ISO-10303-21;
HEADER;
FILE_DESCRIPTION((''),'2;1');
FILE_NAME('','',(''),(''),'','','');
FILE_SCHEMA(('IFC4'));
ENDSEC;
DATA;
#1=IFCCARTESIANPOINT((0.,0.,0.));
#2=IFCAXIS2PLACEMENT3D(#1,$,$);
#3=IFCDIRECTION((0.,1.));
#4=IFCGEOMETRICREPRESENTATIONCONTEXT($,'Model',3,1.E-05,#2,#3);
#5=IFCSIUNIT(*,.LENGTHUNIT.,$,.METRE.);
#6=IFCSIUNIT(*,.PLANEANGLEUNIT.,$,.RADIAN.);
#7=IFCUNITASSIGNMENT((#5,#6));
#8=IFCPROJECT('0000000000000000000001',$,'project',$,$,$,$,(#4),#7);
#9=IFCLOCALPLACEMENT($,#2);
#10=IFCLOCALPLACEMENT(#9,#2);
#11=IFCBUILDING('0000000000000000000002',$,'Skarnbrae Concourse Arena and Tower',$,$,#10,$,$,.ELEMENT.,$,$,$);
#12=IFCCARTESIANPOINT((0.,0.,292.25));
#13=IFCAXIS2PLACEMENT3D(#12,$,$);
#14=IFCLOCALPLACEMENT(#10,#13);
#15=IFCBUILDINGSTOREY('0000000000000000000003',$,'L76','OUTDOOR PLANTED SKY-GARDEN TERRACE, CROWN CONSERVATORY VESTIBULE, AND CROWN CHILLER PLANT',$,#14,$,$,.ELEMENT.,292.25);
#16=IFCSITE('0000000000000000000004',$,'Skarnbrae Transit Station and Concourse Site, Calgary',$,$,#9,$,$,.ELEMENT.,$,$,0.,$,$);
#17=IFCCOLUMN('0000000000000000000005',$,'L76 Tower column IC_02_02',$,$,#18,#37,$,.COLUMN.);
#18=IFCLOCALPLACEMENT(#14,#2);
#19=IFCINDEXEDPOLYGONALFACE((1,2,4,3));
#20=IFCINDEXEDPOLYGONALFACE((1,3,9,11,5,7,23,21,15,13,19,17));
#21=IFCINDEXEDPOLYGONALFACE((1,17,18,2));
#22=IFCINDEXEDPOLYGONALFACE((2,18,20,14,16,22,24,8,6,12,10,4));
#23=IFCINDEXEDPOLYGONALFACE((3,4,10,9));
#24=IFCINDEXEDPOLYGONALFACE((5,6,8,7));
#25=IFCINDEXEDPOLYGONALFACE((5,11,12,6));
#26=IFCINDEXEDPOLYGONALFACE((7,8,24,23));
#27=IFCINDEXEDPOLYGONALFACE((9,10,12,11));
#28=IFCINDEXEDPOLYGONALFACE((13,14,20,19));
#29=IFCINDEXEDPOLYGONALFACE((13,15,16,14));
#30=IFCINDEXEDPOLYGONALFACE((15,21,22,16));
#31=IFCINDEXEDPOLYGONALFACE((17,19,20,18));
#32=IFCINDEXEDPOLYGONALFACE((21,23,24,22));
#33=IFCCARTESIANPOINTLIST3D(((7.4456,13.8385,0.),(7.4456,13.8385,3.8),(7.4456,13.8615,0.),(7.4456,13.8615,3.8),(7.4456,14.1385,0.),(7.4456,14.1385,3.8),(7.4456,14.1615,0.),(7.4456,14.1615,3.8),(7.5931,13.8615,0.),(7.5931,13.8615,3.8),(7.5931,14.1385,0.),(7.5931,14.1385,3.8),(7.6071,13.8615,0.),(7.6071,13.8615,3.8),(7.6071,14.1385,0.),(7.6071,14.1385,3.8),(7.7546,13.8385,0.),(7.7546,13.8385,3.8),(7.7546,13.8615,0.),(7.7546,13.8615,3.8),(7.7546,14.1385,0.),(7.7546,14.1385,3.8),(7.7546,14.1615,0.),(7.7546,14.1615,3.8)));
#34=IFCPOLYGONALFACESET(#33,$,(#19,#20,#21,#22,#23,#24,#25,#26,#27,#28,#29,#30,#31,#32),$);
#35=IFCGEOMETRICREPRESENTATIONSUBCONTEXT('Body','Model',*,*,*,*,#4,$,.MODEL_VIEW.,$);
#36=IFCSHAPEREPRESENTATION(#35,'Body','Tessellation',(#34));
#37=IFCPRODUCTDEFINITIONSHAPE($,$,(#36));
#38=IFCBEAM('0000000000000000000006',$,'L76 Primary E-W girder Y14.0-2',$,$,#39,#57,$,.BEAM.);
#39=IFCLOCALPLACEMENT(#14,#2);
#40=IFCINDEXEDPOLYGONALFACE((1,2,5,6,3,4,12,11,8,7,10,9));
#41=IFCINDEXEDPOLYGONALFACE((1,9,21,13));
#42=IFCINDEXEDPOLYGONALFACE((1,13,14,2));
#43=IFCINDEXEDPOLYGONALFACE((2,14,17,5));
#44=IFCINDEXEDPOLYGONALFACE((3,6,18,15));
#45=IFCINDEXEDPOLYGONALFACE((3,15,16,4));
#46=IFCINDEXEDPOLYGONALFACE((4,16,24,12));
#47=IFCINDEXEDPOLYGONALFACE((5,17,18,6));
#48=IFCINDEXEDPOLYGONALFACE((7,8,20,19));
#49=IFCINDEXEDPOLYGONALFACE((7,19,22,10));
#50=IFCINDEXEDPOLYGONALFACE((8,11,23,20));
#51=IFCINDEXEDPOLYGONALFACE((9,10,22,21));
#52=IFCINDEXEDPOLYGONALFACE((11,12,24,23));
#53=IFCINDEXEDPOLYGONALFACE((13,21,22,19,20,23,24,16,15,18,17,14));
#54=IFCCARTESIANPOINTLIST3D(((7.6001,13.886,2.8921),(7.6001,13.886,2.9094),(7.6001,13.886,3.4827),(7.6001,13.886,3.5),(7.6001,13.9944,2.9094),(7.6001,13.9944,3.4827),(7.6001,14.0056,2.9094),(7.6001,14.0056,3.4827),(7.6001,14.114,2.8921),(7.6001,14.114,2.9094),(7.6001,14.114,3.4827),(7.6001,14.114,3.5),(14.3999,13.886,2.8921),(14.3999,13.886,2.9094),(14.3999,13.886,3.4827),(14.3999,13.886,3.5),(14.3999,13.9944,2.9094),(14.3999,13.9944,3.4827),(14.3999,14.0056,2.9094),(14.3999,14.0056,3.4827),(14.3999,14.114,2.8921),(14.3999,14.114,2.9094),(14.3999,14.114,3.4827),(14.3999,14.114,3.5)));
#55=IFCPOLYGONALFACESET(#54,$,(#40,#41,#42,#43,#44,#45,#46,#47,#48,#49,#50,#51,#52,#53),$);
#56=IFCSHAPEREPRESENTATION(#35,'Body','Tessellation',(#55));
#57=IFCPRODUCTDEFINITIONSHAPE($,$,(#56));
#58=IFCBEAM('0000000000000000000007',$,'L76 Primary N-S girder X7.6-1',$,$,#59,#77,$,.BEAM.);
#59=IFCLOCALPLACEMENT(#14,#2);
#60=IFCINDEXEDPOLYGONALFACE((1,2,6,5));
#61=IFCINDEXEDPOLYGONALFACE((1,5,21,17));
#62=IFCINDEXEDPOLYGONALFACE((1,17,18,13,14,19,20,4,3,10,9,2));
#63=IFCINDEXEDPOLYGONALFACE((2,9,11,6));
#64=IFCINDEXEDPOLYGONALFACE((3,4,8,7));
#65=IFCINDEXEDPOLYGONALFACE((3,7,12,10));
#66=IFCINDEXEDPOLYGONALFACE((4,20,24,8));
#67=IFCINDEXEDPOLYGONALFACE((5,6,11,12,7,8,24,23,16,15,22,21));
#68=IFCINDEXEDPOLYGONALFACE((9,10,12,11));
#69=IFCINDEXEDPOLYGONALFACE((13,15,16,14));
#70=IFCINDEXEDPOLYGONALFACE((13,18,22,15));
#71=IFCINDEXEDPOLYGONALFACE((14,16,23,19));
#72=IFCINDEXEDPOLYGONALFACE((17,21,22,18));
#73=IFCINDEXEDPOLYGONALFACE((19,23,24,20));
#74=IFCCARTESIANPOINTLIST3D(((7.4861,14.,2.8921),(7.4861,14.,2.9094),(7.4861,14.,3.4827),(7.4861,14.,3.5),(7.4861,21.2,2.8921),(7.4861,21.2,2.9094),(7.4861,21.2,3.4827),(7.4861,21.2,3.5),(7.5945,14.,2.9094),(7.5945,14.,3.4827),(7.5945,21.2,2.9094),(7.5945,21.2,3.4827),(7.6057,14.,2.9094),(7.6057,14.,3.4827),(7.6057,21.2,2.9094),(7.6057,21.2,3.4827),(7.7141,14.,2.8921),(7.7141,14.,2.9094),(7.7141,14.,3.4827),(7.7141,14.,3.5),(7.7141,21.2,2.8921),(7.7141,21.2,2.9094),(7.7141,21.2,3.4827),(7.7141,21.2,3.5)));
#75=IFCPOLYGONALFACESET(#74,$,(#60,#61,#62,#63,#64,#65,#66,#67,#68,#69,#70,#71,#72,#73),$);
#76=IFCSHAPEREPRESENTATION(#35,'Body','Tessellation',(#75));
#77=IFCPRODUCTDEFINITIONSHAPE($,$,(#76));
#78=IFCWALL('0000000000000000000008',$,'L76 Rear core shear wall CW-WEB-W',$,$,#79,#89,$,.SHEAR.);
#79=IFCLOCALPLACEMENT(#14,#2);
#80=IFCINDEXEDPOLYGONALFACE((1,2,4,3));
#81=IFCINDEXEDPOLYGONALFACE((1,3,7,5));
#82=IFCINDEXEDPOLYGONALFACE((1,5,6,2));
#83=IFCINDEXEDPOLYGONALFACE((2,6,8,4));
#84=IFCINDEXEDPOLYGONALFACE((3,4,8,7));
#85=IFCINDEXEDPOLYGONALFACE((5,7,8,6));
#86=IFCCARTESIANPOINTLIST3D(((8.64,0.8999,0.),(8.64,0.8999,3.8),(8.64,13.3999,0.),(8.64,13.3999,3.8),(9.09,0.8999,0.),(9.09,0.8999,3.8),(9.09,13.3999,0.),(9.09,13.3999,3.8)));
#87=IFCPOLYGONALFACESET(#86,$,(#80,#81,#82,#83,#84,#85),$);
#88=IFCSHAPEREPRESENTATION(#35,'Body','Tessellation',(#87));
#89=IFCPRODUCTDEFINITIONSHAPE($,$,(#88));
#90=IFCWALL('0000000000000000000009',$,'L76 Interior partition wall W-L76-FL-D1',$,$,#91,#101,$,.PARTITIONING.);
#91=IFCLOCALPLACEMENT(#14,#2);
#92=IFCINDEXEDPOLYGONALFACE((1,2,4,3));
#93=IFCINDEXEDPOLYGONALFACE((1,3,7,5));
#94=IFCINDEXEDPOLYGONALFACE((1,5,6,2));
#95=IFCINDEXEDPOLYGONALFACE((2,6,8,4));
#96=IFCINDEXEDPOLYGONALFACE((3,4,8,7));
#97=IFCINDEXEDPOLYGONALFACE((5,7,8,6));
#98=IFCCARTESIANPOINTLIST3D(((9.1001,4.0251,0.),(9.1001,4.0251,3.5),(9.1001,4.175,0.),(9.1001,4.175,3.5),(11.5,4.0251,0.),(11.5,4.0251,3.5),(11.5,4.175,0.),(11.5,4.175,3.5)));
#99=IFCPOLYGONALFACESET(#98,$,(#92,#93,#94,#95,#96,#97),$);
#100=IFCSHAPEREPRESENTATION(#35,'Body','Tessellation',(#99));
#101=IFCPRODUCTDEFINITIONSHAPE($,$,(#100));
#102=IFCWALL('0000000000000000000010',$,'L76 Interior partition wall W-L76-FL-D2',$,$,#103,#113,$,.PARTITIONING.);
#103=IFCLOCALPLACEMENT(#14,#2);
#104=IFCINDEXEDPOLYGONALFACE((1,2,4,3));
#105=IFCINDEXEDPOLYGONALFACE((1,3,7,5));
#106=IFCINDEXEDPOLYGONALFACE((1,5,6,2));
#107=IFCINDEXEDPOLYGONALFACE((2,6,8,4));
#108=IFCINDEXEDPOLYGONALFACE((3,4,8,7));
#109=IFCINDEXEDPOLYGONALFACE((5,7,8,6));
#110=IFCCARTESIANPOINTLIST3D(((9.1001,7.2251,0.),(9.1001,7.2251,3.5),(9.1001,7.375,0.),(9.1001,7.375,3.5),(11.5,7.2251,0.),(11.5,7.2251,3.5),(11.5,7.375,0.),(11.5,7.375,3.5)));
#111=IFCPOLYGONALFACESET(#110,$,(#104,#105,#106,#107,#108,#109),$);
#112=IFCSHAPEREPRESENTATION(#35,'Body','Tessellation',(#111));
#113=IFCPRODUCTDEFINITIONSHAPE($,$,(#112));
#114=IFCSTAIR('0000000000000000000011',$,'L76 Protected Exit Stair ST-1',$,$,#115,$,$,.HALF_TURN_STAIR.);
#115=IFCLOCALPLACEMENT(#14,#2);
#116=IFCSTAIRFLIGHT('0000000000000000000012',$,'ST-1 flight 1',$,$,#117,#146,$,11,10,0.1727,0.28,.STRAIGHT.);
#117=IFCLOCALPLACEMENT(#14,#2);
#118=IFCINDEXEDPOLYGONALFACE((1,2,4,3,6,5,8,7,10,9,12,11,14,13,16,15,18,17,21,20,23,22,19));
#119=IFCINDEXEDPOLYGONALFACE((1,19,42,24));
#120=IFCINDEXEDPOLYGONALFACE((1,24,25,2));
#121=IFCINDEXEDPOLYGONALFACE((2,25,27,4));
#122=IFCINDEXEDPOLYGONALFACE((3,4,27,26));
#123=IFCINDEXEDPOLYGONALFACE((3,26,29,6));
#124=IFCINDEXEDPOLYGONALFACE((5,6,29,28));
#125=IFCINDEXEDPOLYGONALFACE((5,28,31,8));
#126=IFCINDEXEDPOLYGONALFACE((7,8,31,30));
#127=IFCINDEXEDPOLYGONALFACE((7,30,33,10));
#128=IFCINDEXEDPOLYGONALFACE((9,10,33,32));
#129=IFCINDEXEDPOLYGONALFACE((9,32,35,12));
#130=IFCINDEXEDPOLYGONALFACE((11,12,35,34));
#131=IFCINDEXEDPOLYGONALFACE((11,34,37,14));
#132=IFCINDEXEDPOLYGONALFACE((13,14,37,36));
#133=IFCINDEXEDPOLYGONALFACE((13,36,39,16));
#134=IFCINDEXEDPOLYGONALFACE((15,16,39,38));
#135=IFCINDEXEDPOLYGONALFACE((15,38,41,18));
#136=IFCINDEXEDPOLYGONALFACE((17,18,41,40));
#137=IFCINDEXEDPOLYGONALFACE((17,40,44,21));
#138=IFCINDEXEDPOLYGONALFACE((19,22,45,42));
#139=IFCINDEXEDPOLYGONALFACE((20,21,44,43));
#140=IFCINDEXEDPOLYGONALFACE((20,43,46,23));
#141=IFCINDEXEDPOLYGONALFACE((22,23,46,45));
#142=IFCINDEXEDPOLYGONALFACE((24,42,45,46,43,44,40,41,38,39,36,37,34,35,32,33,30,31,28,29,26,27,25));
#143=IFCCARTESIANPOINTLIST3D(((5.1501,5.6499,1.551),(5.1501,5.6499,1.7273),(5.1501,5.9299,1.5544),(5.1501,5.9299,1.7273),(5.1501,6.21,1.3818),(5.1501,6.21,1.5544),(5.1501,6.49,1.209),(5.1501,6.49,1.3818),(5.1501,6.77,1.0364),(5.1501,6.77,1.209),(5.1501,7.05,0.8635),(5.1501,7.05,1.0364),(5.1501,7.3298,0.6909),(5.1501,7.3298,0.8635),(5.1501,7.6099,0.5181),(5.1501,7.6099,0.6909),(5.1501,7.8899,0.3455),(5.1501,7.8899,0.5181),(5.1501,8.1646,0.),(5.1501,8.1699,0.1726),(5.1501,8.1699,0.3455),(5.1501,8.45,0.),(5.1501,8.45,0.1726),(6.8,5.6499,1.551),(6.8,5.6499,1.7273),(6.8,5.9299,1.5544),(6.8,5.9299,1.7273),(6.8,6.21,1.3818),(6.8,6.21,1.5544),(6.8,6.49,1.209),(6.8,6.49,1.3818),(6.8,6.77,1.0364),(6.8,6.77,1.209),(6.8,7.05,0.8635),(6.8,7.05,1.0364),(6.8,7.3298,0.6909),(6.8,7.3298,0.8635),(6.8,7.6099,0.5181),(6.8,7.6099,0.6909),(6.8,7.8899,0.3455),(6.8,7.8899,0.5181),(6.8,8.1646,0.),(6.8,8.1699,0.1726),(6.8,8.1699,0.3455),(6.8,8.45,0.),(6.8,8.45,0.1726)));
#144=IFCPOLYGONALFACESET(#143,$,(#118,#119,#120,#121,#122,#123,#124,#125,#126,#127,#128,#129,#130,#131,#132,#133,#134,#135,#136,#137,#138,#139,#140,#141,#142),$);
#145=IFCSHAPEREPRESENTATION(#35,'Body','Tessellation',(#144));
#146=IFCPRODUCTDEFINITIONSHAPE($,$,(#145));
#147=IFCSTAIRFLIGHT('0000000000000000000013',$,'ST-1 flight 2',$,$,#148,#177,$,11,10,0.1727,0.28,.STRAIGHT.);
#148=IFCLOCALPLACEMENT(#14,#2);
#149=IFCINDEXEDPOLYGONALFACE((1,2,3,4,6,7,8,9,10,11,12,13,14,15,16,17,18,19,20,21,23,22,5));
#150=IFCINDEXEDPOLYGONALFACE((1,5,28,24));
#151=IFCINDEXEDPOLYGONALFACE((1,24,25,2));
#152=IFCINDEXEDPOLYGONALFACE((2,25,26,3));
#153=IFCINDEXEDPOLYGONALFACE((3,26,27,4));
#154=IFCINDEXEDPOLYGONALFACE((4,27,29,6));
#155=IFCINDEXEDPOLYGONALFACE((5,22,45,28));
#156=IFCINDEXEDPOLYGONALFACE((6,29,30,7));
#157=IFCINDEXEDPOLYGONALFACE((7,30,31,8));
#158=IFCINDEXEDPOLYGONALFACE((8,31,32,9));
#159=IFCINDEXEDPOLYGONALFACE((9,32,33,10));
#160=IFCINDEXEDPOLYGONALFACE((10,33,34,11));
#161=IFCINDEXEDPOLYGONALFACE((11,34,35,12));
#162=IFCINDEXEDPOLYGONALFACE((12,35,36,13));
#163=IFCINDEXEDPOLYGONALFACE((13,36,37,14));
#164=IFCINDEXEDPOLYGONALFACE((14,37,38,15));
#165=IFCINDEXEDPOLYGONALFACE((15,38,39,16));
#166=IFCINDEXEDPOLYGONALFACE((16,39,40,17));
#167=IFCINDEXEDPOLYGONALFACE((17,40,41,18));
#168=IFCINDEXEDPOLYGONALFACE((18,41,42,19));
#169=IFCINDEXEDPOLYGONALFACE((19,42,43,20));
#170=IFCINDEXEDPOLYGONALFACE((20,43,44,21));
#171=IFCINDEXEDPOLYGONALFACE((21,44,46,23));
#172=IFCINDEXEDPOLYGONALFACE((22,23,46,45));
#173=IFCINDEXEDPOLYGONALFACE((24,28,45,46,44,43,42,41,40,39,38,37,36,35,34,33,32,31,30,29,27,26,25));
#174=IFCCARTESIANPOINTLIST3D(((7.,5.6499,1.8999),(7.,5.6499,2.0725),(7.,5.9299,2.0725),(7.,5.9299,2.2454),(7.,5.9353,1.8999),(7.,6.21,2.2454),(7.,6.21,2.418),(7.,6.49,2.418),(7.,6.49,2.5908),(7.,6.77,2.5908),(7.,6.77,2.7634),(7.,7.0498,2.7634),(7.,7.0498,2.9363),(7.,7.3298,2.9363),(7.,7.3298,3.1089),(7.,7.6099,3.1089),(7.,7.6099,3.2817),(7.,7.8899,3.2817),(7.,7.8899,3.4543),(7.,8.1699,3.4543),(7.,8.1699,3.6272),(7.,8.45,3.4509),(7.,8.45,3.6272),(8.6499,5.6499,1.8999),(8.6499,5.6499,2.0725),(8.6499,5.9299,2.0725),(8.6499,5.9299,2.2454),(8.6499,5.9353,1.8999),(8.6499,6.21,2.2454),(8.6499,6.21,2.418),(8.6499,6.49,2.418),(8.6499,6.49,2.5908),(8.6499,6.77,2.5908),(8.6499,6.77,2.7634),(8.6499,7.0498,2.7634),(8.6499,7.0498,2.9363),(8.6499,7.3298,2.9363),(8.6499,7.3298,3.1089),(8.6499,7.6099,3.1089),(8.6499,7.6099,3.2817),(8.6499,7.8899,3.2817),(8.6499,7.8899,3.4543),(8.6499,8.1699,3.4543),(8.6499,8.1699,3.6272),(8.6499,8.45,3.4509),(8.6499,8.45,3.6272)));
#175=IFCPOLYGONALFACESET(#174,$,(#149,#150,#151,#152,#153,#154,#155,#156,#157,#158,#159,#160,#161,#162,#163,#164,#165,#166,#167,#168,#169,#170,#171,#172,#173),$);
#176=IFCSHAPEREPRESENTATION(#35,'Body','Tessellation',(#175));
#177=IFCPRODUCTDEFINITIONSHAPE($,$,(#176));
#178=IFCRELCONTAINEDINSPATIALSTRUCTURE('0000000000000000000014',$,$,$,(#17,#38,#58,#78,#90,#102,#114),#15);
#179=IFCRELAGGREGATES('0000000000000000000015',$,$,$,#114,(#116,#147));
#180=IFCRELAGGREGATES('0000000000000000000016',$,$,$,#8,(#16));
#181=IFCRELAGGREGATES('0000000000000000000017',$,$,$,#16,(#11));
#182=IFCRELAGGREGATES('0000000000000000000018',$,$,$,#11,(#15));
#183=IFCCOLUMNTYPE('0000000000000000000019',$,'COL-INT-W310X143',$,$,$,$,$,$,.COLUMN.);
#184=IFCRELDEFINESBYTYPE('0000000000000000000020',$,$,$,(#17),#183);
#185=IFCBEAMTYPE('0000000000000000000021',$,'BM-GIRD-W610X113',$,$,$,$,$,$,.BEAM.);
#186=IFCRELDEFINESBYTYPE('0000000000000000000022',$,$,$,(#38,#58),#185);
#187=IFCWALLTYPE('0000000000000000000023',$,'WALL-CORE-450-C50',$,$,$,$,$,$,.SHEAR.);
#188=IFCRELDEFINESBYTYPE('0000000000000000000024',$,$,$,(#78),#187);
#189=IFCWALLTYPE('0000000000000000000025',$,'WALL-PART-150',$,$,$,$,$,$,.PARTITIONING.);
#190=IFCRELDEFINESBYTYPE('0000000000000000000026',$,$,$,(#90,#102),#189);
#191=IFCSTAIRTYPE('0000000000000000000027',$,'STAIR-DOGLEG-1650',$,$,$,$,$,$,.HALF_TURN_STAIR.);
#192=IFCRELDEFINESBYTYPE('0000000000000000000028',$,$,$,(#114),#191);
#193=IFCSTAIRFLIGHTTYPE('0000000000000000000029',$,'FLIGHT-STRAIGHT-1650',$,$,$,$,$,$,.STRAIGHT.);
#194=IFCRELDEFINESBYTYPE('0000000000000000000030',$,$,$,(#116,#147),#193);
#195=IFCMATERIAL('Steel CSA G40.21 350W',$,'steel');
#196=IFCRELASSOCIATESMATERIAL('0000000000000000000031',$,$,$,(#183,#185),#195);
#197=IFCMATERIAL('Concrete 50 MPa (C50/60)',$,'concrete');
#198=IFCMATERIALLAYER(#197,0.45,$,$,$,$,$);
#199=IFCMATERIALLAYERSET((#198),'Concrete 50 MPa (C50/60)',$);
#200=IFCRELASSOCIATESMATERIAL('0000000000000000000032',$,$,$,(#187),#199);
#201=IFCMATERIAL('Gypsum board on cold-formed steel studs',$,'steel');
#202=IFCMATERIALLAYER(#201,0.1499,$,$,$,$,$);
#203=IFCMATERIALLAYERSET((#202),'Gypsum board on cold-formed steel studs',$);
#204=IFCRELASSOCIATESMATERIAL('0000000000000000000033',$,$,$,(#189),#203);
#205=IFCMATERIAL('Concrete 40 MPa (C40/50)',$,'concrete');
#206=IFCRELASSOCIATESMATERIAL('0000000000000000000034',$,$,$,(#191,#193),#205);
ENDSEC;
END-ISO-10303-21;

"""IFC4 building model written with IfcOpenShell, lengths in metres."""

from ifc_helpers import new_model, si_unit, direction, frame, frame_2d, origin, origin_2d, place, context, subcontext, project, spatial, polyline, rectangle, i_section, outline, extrude, source, transform, mapped, material, layer, layer_set, material_profile, profile_set, type_object, element, aggregate, save


model = new_model("IFC4")

# Units and contexts
model_context = context("Model", 3, precision=1e-05, world=origin(), true_north=direction((0.0, 1.0)))
body_context = subcontext(model_context, "Body", "Model", "MODEL_VIEW")
ifc_project = project(units=[si_unit("LENGTHUNIT", "METRE"), si_unit("PLANEANGLEUNIT", "RADIAN")], contexts=[model_context])

# Site, building, storey
site_placement = place(None, origin())
site = spatial("IfcSite", under=ifc_project, at=site_placement, Name="Skarnbrae Transit Station and Concourse Site, Calgary", CompositionType="ELEMENT", RefElevation=0.0)
building_placement = place(site_placement, origin())
building = spatial("IfcBuilding", under=site, at=building_placement, Name="Skarnbrae Concourse Arena and Tower", CompositionType="ELEMENT")
storey_placement = place(building_placement, frame((0.0, 0.0, 292.25)))
storey = spatial("IfcBuildingStorey", under=building, at=storey_placement, Name="L76", Description="OUTDOOR PLANTED SKY-GARDEN TERRACE, CROWN CONSERVATORY VESTIBULE, AND CROWN CHILLER PLANT", CompositionType="ELEMENT", Elevation=292.25)

# Column
ifc_material_1 = material(Name="Steel CSA G40.21 350W", Category="steel")
ifc_material_profile_1 = material_profile(ifc_material_1, i_section(OverallWidth=0.3091, OverallDepth=0.323, WebThickness=0.0139, FlangeThickness=0.0229, at=origin_2d()), Name="W310X143")
ifc_profile_set_1 = profile_set([ifc_material_profile_1], Name="Steel CSA G40.21 350W")
column_type = type_object("IfcColumnType", Name="COL-INT-W310X143", PredefinedType="COLUMN", material=ifc_profile_set_1)
shared_shape_1 = source(origin(), body_context, "Body", "SweptSolid", [
    extrude(i_section(OverallWidth=0.3091, OverallDepth=0.323, WebThickness=0.0139, FlangeThickness=0.0229, at=origin_2d()), origin(), (0.0, 0.0, 1.0), 3.8),
])
column_placement = place(storey_placement, frame((7.6001, 14.0, 0.0), z_axis=(0.0, 0.0, 1.0), x_axis=(1.0, 0.0, 0.0)))
element("IfcColumn", 1, at=column_placement, inside=storey, type_object=column_type, Name="L76 Tower column IC_02_02", PredefinedType="COLUMN", context=body_context, shape_type="MappedRepresentation", body=[
    mapped(shared_shape_1, transform((0.0, 0.0, 0.0))),
])

# Beams
ifc_material_profile_2 = material_profile(ifc_material_1, i_section(OverallWidth=0.228, OverallDepth=0.6079, WebThickness=0.0112, FlangeThickness=0.0173, at=origin_2d()), Name="W610X113")
ifc_profile_set_2 = profile_set([ifc_material_profile_2], Name="Steel CSA G40.21 350W")
beam_type = type_object("IfcBeamType", Name="BM-GIRD-W610X113", PredefinedType="BEAM", material=ifc_profile_set_2)
shared_shape_2 = source(origin(), body_context, "Body", "SweptSolid", [
    extrude(i_section(OverallWidth=0.228, OverallDepth=0.6079, WebThickness=0.0112, FlangeThickness=0.0173, at=origin_2d()), origin(), (0.0, 0.0, 1.0), 6.7998),
])
beam_1_placement = place(storey_placement, frame((7.6001, 14.0, 3.196), z_axis=(1.0, 0.0, 0.0), x_axis=(0.0, 1.0, 0.0)))
element("IfcBeam", 2, at=beam_1_placement, inside=storey, type_object=beam_type, Name="L76 Primary E-W girder Y14.0-2", PredefinedType="BEAM", context=body_context, shape_type="MappedRepresentation", body=[
    mapped(shared_shape_2, transform((0.0, 0.0, 0.0))),
])
shared_shape_3 = source(origin(), body_context, "Body", "SweptSolid", [
    extrude(i_section(OverallWidth=0.228, OverallDepth=0.6079, WebThickness=0.0112, FlangeThickness=0.0173, at=origin_2d()), origin(), (0.0, 0.0, 1.0), 7.2),
])
beam_2_placement = place(storey_placement, frame((7.6001, 14.0, 3.196), z_axis=(0.0, 1.0, 0.0), x_axis=(-1.0, 0.0, 0.0)))
element("IfcBeam", 3, at=beam_2_placement, inside=storey, type_object=beam_type, Name="L76 Primary N-S girder X7.6-1", PredefinedType="BEAM", context=body_context, shape_type="MappedRepresentation", body=[
    mapped(shared_shape_3, transform((0.0, 0.0, 0.0))),
])

# Shared definitions
ifc_material_2 = material(Name="Concrete 50 MPa (C50/60)", Category="concrete")

# Wall
ifc_layer_1 = layer(ifc_material_2, 0.45)
ifc_layer_set_1 = layer_set([ifc_layer_1], Name="Concrete 50 MPa (C50/60)")
wall_type_1 = type_object("IfcWallType", Name="WALL-CORE-450-C50", PredefinedType="SHEAR", material=ifc_layer_set_1)
shared_shape_4 = source(origin(), body_context, "Body", "SweptSolid", [
    extrude(rectangle(XDim=12.5, YDim=0.45, at=frame_2d((6.25, 0.0))), origin(), (0.0, 0.0, 1.0), 3.8),
])
wall_1_placement = place(storey_placement, frame((8.865, 0.8999, 0.0), z_axis=(0.0, 0.0, 1.0), x_axis=(0.0, 1.0, 0.0)))
element("IfcWall", 4, at=wall_1_placement, inside=storey, type_object=wall_type_1, Name="L76 Rear core shear wall CW-WEB-W", PredefinedType="SHEAR", context=body_context, shape_type="MappedRepresentation", body=[
    mapped(shared_shape_4, transform((0.0, 0.0, 0.0))),
])

# Shared definitions
ifc_material_3 = material(Name="Gypsum board on cold-formed steel studs", Category="steel")

# Walls
ifc_layer_2 = layer(ifc_material_3, 0.1499)
ifc_layer_set_2 = layer_set([ifc_layer_2], Name="Gypsum board on cold-formed steel studs")
wall_type_2 = type_object("IfcWallType", Name="WALL-PART-150", PredefinedType="PARTITIONING", material=ifc_layer_set_2)
shared_shape_5 = source(origin(), body_context, "Body", "SweptSolid", [
    extrude(rectangle(XDim=2.3999, YDim=0.1499, at=frame_2d((1.2, 0.0))), origin(), (0.0, 0.0, 1.0), 3.5),
])
for number, where, z_axis, x_axis, name in (
    (5, (9.1001, 4.1001, 0.0), (0.0, 0.0, 1.0), (1.0, 0.0, 0.0), "L76 Interior partition wall W-L76-FL-D1"),
    (6, (9.1001, 7.3, 0.0), (0.0, 0.0, 1.0), (1.0, 0.0, 0.0), "L76 Interior partition wall W-L76-FL-D2"),
):
    element("IfcWall", number, at=place(storey_placement, frame(where, z_axis=z_axis, x_axis=x_axis)), inside=storey, type_object=wall_type_2, Name=name, PredefinedType="PARTITIONING", context=body_context, shape_type="MappedRepresentation", body=[
        mapped(shared_shape_5, transform((0.0, 0.0, 0.0))),
    ])

# Stair, stair flights
ifc_material_4 = material(Name="Concrete 40 MPa (C40/50)", Category="concrete")
stair_type = type_object("IfcStairType", Name="STAIR-DOGLEG-1650", PredefinedType="HALF_TURN_STAIR", material=ifc_material_4)
stair_placement = place(storey_placement, origin())
stair = element("IfcStair", 7, at=stair_placement, inside=storey, type_object=stair_type, Name="L76 Protected Exit Stair ST-1", PredefinedType="HALF_TURN_STAIR")
stair_flight_type = type_object("IfcStairFlightType", Name="FLIGHT-STRAIGHT-1650", PredefinedType="STRAIGHT", material=ifc_material_4)
shared_shape_6 = source(origin(), body_context, "Body", "SweptSolid", [
    extrude(outline(polyline([(0.0, 0.0), (0.0, 0.1726), (0.28, 0.1726), (0.28, 0.3455), (0.5601, 0.3455), (0.5601, 0.5181), (0.8401, 0.5181), (0.8401, 0.6909), (1.1201, 0.6909), (1.1201, 0.8635), (1.3999, 0.8635), (1.3999, 1.0364), (1.6799, 1.0364), (1.6799, 1.209), (1.96, 1.209), (1.96, 1.3818), (2.24, 1.3818), (2.24, 1.5544), (2.52, 1.5544), (2.52, 1.7273), (2.8, 1.7273), (2.8, 1.8999), (2.8, 1.551), (0.2854, 0.0), (0.0, 0.0)])), frame((0.0, 0.825, 0.0), z_axis=(0.0, -1.0, 0.0), x_axis=(1.0, 0.0, 0.0)), (0.0, 0.0, 1.0), 1.6499),
])
stair_flight_1_placement = place(storey_placement, frame((5.9751, 8.45, 0.0), z_axis=(0.0, 0.0, 1.0), x_axis=(0.0, -1.0, 0.0)))
stair_flight_1 = element("IfcStairFlight", 8, at=stair_flight_1_placement, type_object=stair_flight_type, Name="ST-1 flight 1", NumberOfRisers=11, NumberOfTreads=10, PredefinedType="STRAIGHT", RiserHeight=0.1727, TreadLength=0.28, context=body_context, shape_type="MappedRepresentation", body=[
    mapped(shared_shape_6, transform((0.0, 0.0, 0.0))),
])
stair_flight_2_placement = place(storey_placement, frame((7.825, 5.6499, 1.8999), z_axis=(0.0, 0.0, 1.0), x_axis=(0.0, 1.0, 0.0)))
stair_flight_2 = element("IfcStairFlight", 9, at=stair_flight_2_placement, type_object=stair_flight_type, Name="ST-1 flight 2", NumberOfRisers=11, NumberOfTreads=10, PredefinedType="STRAIGHT", RiserHeight=0.1727, TreadLength=0.28, context=body_context, shape_type="MappedRepresentation", body=[
    mapped(shared_shape_6, transform((0.0, 0.0, 0.0))),
])
aggregate(stair, [stair_flight_1, stair_flight_2])

save(model, "model.ifc")
